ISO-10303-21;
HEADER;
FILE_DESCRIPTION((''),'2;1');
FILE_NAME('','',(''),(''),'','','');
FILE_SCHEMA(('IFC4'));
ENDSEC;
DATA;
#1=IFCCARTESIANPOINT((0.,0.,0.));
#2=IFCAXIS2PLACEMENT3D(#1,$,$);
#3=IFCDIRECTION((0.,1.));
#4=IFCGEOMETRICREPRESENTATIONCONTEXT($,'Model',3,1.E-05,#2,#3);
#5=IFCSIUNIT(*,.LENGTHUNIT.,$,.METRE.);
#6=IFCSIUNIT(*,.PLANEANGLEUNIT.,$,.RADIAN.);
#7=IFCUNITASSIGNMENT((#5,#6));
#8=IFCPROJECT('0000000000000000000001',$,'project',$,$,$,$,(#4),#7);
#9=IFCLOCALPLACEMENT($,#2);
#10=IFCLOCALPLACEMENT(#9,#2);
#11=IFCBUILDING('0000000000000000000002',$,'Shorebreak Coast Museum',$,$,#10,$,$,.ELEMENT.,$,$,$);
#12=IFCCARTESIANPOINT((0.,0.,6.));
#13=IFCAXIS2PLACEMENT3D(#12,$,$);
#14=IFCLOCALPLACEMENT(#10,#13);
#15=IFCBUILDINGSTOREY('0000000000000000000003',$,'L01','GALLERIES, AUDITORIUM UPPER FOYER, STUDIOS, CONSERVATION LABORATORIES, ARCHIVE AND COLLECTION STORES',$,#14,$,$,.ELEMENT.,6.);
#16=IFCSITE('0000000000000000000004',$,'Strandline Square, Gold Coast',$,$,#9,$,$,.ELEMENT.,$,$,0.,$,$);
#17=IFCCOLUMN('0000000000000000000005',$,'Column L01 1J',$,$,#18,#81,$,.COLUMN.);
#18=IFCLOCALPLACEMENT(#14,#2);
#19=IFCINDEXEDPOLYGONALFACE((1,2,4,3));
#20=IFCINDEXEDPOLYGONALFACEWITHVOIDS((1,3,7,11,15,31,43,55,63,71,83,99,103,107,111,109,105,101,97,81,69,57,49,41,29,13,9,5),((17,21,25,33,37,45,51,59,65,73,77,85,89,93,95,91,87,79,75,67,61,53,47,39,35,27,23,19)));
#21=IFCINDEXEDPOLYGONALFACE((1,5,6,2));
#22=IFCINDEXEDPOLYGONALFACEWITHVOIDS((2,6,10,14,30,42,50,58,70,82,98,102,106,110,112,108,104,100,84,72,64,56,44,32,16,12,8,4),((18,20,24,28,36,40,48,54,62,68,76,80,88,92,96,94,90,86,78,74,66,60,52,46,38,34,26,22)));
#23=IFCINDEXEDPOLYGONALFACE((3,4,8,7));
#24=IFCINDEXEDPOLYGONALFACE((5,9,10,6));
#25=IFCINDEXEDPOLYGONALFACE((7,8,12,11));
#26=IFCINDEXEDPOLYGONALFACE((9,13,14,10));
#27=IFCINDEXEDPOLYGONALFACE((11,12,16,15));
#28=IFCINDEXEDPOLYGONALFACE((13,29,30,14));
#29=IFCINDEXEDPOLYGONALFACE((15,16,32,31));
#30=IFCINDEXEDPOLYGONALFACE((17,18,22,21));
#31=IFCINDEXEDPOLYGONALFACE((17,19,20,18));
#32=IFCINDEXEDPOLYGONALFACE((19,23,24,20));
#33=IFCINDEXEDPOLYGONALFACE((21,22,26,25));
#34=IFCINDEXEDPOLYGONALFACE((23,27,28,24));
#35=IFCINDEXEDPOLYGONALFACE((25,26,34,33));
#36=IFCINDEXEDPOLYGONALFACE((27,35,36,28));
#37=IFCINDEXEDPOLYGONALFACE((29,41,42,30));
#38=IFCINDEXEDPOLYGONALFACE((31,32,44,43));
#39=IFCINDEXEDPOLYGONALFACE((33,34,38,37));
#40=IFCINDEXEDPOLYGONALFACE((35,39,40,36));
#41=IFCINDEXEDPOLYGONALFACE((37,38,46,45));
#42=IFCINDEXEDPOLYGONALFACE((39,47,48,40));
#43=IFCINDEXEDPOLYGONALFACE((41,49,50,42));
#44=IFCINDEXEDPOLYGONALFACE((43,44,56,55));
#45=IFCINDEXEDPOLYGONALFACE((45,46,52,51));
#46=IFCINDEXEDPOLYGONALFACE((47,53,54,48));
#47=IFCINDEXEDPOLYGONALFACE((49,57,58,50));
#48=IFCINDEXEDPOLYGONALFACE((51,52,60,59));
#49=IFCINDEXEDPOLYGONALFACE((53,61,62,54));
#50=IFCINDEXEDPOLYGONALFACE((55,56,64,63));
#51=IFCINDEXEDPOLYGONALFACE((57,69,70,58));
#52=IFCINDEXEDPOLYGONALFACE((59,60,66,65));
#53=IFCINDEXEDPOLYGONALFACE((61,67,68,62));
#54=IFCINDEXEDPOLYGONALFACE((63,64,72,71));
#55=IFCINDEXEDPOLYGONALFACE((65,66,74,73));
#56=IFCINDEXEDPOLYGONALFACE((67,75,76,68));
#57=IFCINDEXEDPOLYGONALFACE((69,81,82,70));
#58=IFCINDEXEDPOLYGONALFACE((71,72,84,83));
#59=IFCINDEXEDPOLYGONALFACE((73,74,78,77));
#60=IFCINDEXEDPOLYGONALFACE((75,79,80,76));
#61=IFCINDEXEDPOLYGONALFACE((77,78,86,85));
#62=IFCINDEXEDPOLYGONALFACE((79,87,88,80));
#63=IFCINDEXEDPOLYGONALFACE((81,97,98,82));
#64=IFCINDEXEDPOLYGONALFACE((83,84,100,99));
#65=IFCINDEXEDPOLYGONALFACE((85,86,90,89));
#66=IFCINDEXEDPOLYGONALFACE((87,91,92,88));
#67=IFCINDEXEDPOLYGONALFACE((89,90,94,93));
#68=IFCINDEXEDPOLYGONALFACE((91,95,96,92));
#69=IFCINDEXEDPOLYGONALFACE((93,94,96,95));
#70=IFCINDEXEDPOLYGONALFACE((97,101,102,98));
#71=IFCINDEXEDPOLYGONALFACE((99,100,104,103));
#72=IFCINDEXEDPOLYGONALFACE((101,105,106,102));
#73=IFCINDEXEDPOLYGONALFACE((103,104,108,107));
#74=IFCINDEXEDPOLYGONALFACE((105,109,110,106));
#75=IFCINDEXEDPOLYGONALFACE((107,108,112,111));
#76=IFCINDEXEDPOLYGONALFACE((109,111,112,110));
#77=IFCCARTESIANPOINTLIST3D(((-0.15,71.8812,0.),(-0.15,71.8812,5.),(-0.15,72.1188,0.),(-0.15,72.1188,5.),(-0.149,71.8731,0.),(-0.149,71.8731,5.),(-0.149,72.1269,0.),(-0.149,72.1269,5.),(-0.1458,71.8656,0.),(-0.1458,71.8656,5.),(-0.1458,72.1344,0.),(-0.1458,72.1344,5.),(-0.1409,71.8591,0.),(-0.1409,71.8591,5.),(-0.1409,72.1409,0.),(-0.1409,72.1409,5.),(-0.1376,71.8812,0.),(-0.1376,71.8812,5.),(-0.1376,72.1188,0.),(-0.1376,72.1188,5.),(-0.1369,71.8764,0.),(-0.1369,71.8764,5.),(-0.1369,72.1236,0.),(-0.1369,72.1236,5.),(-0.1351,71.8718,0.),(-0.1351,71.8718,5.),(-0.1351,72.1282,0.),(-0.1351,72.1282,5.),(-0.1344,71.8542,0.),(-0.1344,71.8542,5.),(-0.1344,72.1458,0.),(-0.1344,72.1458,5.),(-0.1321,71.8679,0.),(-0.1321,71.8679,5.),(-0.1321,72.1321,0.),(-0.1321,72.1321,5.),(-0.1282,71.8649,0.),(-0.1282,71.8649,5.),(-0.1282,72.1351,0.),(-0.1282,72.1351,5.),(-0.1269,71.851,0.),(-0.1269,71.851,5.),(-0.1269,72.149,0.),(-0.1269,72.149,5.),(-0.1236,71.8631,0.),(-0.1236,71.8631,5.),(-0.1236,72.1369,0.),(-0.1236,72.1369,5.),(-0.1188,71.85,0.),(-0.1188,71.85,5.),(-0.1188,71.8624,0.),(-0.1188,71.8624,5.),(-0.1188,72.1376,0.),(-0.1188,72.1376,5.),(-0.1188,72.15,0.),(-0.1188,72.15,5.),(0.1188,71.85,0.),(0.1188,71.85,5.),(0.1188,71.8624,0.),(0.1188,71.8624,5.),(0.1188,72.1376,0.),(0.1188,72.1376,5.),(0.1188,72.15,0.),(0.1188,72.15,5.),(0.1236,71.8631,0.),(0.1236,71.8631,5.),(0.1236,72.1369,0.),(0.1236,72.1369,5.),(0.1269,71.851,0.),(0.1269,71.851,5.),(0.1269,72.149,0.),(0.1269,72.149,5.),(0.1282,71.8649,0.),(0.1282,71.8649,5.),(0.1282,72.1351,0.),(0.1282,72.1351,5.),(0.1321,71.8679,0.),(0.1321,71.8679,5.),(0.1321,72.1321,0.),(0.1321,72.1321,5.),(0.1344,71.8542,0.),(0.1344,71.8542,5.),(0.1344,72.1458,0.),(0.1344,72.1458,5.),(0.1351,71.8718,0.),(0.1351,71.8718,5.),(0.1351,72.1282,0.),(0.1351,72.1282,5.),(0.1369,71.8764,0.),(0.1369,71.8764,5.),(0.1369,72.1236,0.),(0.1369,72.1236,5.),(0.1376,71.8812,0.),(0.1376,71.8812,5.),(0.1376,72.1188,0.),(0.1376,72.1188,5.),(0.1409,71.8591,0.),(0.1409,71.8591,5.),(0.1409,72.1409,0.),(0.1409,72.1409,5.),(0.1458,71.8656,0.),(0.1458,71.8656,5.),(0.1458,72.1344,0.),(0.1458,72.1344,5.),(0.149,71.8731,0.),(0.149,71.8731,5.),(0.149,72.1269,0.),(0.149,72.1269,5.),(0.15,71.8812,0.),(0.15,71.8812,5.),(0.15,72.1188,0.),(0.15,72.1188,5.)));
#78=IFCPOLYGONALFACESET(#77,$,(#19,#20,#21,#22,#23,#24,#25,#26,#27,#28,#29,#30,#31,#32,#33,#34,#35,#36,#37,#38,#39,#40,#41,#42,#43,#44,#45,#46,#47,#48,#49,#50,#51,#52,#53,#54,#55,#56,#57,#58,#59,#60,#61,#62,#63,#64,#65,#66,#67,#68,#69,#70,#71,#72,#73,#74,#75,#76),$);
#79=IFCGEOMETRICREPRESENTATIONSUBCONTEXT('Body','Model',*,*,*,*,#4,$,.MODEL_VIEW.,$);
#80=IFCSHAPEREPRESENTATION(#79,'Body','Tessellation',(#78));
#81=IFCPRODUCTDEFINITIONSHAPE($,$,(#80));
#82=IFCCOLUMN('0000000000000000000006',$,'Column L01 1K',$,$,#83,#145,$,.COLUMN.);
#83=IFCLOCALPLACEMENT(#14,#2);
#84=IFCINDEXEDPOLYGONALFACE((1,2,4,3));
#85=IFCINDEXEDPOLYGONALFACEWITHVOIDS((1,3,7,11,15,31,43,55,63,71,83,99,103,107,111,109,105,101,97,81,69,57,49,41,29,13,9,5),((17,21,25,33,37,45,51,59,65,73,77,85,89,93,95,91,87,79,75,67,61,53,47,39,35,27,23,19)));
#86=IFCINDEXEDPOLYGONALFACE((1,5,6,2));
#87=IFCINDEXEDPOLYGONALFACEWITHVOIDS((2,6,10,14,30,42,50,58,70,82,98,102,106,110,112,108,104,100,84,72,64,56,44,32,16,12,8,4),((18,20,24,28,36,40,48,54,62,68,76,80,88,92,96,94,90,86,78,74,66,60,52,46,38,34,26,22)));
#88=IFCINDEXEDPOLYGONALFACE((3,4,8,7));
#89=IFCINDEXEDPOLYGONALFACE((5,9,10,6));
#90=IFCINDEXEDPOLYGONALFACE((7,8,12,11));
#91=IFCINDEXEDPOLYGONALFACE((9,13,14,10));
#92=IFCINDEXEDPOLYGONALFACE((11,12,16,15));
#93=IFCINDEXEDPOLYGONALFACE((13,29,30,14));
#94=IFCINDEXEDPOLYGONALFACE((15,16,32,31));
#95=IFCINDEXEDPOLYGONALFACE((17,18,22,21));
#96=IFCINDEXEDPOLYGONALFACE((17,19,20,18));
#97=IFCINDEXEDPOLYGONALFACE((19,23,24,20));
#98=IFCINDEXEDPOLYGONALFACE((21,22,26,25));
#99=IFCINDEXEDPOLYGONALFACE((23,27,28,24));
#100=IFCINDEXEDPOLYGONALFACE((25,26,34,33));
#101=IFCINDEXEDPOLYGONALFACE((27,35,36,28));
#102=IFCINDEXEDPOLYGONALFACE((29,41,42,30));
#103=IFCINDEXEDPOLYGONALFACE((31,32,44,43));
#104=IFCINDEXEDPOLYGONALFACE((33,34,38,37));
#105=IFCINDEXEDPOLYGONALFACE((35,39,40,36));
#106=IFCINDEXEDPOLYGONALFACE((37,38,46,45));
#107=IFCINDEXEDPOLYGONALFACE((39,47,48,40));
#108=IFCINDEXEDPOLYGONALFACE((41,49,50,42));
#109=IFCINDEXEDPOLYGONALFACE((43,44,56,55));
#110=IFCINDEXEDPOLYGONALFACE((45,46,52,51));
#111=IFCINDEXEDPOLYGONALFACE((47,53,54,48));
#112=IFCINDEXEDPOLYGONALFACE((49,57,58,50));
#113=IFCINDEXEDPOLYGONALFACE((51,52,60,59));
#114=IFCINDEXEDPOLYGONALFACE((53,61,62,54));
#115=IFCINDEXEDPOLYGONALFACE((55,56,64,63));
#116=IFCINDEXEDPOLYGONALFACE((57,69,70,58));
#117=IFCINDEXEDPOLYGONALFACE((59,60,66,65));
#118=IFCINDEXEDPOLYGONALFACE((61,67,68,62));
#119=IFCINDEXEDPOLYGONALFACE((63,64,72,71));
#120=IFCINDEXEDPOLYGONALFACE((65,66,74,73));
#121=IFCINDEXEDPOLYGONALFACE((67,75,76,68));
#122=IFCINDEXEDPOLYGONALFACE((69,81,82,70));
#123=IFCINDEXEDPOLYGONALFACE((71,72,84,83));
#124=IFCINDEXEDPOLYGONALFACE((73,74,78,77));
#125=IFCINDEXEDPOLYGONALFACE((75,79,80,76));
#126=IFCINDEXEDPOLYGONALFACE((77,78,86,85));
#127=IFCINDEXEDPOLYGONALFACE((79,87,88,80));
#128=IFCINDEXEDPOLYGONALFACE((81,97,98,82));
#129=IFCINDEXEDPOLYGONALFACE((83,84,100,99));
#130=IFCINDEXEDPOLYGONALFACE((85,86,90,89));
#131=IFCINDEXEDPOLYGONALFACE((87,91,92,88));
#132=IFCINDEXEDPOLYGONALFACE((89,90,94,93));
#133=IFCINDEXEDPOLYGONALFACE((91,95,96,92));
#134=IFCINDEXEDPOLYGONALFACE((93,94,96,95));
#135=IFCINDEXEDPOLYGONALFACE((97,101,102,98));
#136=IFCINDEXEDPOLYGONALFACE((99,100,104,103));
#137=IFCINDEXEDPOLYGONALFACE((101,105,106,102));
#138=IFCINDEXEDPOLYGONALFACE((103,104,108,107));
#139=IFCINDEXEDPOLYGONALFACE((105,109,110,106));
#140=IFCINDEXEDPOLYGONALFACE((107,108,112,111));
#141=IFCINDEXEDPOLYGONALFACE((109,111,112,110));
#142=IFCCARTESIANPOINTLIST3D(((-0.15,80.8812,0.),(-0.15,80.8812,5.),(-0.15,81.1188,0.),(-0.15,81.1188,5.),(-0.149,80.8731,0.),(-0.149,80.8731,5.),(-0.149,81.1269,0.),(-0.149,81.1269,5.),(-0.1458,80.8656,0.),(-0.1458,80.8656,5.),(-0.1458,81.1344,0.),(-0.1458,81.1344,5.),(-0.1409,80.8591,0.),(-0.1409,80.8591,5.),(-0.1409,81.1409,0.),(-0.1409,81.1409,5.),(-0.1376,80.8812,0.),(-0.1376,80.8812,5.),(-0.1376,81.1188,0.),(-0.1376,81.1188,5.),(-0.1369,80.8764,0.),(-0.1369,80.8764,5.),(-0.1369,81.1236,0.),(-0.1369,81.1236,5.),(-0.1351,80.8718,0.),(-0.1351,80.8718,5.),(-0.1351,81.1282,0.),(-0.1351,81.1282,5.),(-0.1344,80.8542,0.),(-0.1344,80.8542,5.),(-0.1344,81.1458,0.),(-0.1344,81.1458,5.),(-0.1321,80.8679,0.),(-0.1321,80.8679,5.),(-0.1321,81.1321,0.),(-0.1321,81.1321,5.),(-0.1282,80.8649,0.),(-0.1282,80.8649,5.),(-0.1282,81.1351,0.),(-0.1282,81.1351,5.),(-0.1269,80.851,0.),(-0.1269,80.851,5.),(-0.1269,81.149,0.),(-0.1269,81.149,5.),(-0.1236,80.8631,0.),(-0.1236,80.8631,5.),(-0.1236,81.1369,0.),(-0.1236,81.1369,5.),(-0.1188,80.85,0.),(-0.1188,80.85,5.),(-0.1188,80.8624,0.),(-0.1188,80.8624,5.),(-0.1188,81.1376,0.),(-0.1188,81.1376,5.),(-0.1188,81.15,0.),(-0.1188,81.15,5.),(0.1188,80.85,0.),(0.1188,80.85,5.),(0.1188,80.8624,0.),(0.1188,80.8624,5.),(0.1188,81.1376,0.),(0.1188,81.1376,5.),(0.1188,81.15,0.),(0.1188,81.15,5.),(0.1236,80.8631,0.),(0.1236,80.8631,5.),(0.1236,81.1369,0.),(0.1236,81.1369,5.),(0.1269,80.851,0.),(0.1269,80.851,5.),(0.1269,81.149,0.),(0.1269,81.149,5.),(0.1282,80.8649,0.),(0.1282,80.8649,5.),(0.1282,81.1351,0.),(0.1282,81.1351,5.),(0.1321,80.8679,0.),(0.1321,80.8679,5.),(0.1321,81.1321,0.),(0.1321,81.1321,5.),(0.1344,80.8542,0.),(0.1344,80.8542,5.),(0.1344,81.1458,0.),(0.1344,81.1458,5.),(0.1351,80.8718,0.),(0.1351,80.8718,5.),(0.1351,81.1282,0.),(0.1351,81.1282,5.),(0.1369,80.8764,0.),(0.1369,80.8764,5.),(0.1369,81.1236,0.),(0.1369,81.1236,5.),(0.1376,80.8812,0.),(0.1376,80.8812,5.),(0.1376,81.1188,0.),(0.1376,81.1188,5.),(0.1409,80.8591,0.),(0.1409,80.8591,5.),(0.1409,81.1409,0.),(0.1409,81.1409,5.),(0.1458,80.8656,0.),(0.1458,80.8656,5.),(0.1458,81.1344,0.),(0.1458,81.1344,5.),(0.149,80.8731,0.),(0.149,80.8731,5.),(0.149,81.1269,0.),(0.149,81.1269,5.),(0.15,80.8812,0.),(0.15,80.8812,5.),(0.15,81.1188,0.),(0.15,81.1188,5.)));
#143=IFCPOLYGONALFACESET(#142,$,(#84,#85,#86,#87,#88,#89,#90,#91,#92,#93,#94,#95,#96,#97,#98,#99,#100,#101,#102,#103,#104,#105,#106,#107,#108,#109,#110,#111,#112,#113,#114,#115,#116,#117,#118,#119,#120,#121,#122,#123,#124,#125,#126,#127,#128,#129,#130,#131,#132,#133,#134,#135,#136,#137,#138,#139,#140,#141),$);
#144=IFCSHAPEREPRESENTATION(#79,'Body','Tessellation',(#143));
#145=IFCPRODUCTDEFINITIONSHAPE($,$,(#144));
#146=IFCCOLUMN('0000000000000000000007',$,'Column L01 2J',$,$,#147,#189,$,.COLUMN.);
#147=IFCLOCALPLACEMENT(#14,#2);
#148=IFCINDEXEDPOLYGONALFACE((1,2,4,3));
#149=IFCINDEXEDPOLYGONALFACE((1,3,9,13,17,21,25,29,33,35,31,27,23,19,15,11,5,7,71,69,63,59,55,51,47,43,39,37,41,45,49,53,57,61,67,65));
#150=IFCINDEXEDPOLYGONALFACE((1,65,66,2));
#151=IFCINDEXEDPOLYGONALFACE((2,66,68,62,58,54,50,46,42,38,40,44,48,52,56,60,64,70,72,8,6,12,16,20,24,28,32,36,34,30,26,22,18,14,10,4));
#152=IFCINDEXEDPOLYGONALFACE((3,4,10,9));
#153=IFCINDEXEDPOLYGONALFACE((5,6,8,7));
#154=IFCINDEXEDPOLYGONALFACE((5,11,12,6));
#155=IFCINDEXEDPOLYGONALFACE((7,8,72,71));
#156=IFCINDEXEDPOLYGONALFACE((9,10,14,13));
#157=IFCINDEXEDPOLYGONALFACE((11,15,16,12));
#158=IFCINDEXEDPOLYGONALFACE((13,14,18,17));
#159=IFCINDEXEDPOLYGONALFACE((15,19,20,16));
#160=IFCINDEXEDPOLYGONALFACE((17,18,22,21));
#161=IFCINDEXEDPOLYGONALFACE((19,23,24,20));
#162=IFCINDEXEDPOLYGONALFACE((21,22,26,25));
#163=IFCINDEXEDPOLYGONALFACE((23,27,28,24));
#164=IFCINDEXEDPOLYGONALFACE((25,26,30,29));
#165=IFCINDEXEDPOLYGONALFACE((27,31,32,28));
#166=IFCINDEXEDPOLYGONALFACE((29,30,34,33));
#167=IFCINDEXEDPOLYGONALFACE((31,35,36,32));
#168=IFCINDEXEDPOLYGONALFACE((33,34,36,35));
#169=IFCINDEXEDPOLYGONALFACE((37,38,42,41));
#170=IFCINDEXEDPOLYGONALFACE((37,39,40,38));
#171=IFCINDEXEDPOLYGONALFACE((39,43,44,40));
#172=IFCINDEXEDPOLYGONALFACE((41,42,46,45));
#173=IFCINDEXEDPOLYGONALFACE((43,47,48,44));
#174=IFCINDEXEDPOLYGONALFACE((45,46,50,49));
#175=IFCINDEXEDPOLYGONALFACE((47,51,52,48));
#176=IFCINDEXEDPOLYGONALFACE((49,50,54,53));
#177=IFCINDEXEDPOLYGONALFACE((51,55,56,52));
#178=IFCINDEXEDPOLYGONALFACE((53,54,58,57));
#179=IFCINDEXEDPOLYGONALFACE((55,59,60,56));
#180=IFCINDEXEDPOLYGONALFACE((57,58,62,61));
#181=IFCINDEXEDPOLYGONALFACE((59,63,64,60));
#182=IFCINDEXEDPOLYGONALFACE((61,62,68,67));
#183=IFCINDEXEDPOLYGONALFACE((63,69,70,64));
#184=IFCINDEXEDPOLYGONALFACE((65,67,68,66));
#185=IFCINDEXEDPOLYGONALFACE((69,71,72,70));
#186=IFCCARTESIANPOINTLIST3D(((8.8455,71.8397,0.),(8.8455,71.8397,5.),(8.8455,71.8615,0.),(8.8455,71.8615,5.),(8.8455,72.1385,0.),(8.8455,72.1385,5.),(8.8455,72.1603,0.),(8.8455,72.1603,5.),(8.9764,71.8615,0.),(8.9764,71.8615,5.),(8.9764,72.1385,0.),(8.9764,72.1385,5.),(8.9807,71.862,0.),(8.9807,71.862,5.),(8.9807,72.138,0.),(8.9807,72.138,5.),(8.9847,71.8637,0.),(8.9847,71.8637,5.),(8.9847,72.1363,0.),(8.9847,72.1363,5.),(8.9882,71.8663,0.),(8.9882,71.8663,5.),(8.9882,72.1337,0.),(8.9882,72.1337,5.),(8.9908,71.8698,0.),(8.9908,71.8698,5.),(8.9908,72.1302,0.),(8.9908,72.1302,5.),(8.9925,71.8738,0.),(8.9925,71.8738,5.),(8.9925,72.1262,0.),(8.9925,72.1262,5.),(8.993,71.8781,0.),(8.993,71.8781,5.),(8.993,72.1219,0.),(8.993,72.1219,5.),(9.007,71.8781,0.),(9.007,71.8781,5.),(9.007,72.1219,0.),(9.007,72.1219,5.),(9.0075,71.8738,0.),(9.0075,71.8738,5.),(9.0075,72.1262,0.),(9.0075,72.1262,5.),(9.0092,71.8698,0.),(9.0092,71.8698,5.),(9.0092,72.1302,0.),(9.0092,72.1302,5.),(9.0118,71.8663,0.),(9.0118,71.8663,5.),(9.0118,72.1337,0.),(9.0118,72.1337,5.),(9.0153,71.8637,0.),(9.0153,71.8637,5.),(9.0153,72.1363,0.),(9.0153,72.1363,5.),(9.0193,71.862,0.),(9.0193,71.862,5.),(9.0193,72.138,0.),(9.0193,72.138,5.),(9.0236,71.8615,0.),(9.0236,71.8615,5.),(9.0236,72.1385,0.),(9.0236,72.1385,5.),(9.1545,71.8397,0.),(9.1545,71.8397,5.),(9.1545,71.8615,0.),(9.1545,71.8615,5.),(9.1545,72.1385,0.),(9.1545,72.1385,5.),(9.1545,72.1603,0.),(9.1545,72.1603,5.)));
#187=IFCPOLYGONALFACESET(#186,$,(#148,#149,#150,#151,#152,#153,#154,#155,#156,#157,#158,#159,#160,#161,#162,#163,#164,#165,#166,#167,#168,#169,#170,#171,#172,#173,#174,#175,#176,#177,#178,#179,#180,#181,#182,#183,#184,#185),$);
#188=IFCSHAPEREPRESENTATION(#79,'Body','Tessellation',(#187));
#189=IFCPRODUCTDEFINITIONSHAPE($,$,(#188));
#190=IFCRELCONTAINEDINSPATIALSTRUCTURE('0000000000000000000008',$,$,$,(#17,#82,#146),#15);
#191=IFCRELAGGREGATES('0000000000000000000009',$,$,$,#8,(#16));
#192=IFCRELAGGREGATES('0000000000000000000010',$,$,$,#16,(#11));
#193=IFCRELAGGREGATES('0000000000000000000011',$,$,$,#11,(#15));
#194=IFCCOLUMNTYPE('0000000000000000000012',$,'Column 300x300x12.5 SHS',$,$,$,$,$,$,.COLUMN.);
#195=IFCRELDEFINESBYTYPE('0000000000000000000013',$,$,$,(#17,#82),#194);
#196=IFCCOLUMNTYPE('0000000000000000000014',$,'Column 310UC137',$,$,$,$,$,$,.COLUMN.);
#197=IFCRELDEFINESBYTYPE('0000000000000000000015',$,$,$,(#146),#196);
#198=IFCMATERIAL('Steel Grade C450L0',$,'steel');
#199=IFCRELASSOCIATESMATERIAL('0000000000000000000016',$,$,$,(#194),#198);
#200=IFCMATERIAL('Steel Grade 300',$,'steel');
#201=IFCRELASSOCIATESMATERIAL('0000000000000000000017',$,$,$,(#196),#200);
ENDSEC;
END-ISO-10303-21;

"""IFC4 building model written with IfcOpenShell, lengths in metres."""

from ifc_helpers import new_model, si_unit, direction, frame, origin, origin_2d, place, context, subcontext, project, spatial, hollow_rectangle, i_section, extrude, material, material_profile, profile_set, type_object, element, save


model = new_model("IFC4")

# Units and contexts
model_context = context("Model", 3, precision=1e-05, world=origin(), true_north=direction((0.0, 1.0)))
body_context = subcontext(model_context, "Body", "Model", "MODEL_VIEW")
ifc_project = project(units=[si_unit("LENGTHUNIT", "METRE"), si_unit("PLANEANGLEUNIT", "RADIAN")], contexts=[model_context])

# Site, building, storey
site_placement = place(None, origin())
site = spatial("IfcSite", under=ifc_project, at=site_placement, Name="Strandline Square, Gold Coast", CompositionType="ELEMENT", RefElevation=0.0)
building_placement = place(site_placement, origin())
building = spatial("IfcBuilding", under=site, at=building_placement, Name="Shorebreak Coast Museum", CompositionType="ELEMENT")
storey_placement = place(building_placement, frame((0.0, 0.0, 6.0)))
storey = spatial("IfcBuildingStorey", under=building, at=storey_placement, Name="L01", Description="GALLERIES, AUDITORIUM UPPER FOYER, STUDIOS, CONSERVATION LABORATORIES, ARCHIVE AND COLLECTION STORES", CompositionType="ELEMENT", Elevation=6.0)

# Columns
ifc_material_1 = material(Name="Steel Grade C450L0", Category="steel")
ifc_material_profile_1 = material_profile(ifc_material_1, hollow_rectangle(XDim=0.3, YDim=0.3, WallThickness=0.0125, InnerFilletRadius=0.0188, OuterFilletRadius=0.0312, at=origin_2d()), Name="300x300x12.5 SHS")
ifc_profile_set_1 = profile_set([ifc_material_profile_1], Name="Steel Grade C450L0")
column_type_1 = type_object("IfcColumnType", Name="Column 300x300x12.5 SHS", PredefinedType="COLUMN", material=ifc_profile_set_1)
for number, where, z_axis, x_axis, name in (
    (1, (0.0, 72.0, 0.0), (0.0, 0.0, 1.0), (1.0, 0.0, 0.0), "Column L01 1J"),
    (2, (0.0, 81.0, 0.0), (0.0, 0.0, 1.0), (1.0, 0.0, 0.0), "Column L01 1K"),
):
    element("IfcColumn", number, at=place(storey_placement, frame(where, z_axis=z_axis, x_axis=x_axis)), inside=storey, type_object=column_type_1, Name=name, PredefinedType="COLUMN", context=body_context, shape_type="SweptSolid", body=[
        extrude(hollow_rectangle(XDim=0.3, YDim=0.3, WallThickness=0.0125, InnerFilletRadius=0.0188, OuterFilletRadius=0.0312, at=origin_2d()), origin(), (0.0, 0.0, 1.0), 5.0),
    ])
ifc_material_2 = material(Name="Steel Grade 300", Category="steel")
ifc_material_profile_2 = material_profile(ifc_material_2, i_section(OverallWidth=0.3091, OverallDepth=0.3206, WebThickness=0.0139, FlangeThickness=0.0217, FilletRadius=0.0166, at=origin_2d()), Name="310UC137")
ifc_profile_set_2 = profile_set([ifc_material_profile_2], Name="Steel Grade 300")
column_type_2 = type_object("IfcColumnType", Name="Column 310UC137", PredefinedType="COLUMN", material=ifc_profile_set_2)
for number, where, z_axis, x_axis, name in (
    (3, (9.0, 72.0, 0.0), (0.0, 0.0, 1.0), (1.0, 0.0, 0.0), "Column L01 2J"),
):
    element("IfcColumn", number, at=place(storey_placement, frame(where, z_axis=z_axis, x_axis=x_axis)), inside=storey, type_object=column_type_2, Name=name, PredefinedType="COLUMN", context=body_context, shape_type="SweptSolid", body=[
        extrude(i_section(OverallWidth=0.3091, OverallDepth=0.3206, WebThickness=0.0139, FlangeThickness=0.0217, FilletRadius=0.0166, at=origin_2d()), origin(), (0.0, 0.0, 1.0), 5.0),
    ])

save(model, "model.ifc")
